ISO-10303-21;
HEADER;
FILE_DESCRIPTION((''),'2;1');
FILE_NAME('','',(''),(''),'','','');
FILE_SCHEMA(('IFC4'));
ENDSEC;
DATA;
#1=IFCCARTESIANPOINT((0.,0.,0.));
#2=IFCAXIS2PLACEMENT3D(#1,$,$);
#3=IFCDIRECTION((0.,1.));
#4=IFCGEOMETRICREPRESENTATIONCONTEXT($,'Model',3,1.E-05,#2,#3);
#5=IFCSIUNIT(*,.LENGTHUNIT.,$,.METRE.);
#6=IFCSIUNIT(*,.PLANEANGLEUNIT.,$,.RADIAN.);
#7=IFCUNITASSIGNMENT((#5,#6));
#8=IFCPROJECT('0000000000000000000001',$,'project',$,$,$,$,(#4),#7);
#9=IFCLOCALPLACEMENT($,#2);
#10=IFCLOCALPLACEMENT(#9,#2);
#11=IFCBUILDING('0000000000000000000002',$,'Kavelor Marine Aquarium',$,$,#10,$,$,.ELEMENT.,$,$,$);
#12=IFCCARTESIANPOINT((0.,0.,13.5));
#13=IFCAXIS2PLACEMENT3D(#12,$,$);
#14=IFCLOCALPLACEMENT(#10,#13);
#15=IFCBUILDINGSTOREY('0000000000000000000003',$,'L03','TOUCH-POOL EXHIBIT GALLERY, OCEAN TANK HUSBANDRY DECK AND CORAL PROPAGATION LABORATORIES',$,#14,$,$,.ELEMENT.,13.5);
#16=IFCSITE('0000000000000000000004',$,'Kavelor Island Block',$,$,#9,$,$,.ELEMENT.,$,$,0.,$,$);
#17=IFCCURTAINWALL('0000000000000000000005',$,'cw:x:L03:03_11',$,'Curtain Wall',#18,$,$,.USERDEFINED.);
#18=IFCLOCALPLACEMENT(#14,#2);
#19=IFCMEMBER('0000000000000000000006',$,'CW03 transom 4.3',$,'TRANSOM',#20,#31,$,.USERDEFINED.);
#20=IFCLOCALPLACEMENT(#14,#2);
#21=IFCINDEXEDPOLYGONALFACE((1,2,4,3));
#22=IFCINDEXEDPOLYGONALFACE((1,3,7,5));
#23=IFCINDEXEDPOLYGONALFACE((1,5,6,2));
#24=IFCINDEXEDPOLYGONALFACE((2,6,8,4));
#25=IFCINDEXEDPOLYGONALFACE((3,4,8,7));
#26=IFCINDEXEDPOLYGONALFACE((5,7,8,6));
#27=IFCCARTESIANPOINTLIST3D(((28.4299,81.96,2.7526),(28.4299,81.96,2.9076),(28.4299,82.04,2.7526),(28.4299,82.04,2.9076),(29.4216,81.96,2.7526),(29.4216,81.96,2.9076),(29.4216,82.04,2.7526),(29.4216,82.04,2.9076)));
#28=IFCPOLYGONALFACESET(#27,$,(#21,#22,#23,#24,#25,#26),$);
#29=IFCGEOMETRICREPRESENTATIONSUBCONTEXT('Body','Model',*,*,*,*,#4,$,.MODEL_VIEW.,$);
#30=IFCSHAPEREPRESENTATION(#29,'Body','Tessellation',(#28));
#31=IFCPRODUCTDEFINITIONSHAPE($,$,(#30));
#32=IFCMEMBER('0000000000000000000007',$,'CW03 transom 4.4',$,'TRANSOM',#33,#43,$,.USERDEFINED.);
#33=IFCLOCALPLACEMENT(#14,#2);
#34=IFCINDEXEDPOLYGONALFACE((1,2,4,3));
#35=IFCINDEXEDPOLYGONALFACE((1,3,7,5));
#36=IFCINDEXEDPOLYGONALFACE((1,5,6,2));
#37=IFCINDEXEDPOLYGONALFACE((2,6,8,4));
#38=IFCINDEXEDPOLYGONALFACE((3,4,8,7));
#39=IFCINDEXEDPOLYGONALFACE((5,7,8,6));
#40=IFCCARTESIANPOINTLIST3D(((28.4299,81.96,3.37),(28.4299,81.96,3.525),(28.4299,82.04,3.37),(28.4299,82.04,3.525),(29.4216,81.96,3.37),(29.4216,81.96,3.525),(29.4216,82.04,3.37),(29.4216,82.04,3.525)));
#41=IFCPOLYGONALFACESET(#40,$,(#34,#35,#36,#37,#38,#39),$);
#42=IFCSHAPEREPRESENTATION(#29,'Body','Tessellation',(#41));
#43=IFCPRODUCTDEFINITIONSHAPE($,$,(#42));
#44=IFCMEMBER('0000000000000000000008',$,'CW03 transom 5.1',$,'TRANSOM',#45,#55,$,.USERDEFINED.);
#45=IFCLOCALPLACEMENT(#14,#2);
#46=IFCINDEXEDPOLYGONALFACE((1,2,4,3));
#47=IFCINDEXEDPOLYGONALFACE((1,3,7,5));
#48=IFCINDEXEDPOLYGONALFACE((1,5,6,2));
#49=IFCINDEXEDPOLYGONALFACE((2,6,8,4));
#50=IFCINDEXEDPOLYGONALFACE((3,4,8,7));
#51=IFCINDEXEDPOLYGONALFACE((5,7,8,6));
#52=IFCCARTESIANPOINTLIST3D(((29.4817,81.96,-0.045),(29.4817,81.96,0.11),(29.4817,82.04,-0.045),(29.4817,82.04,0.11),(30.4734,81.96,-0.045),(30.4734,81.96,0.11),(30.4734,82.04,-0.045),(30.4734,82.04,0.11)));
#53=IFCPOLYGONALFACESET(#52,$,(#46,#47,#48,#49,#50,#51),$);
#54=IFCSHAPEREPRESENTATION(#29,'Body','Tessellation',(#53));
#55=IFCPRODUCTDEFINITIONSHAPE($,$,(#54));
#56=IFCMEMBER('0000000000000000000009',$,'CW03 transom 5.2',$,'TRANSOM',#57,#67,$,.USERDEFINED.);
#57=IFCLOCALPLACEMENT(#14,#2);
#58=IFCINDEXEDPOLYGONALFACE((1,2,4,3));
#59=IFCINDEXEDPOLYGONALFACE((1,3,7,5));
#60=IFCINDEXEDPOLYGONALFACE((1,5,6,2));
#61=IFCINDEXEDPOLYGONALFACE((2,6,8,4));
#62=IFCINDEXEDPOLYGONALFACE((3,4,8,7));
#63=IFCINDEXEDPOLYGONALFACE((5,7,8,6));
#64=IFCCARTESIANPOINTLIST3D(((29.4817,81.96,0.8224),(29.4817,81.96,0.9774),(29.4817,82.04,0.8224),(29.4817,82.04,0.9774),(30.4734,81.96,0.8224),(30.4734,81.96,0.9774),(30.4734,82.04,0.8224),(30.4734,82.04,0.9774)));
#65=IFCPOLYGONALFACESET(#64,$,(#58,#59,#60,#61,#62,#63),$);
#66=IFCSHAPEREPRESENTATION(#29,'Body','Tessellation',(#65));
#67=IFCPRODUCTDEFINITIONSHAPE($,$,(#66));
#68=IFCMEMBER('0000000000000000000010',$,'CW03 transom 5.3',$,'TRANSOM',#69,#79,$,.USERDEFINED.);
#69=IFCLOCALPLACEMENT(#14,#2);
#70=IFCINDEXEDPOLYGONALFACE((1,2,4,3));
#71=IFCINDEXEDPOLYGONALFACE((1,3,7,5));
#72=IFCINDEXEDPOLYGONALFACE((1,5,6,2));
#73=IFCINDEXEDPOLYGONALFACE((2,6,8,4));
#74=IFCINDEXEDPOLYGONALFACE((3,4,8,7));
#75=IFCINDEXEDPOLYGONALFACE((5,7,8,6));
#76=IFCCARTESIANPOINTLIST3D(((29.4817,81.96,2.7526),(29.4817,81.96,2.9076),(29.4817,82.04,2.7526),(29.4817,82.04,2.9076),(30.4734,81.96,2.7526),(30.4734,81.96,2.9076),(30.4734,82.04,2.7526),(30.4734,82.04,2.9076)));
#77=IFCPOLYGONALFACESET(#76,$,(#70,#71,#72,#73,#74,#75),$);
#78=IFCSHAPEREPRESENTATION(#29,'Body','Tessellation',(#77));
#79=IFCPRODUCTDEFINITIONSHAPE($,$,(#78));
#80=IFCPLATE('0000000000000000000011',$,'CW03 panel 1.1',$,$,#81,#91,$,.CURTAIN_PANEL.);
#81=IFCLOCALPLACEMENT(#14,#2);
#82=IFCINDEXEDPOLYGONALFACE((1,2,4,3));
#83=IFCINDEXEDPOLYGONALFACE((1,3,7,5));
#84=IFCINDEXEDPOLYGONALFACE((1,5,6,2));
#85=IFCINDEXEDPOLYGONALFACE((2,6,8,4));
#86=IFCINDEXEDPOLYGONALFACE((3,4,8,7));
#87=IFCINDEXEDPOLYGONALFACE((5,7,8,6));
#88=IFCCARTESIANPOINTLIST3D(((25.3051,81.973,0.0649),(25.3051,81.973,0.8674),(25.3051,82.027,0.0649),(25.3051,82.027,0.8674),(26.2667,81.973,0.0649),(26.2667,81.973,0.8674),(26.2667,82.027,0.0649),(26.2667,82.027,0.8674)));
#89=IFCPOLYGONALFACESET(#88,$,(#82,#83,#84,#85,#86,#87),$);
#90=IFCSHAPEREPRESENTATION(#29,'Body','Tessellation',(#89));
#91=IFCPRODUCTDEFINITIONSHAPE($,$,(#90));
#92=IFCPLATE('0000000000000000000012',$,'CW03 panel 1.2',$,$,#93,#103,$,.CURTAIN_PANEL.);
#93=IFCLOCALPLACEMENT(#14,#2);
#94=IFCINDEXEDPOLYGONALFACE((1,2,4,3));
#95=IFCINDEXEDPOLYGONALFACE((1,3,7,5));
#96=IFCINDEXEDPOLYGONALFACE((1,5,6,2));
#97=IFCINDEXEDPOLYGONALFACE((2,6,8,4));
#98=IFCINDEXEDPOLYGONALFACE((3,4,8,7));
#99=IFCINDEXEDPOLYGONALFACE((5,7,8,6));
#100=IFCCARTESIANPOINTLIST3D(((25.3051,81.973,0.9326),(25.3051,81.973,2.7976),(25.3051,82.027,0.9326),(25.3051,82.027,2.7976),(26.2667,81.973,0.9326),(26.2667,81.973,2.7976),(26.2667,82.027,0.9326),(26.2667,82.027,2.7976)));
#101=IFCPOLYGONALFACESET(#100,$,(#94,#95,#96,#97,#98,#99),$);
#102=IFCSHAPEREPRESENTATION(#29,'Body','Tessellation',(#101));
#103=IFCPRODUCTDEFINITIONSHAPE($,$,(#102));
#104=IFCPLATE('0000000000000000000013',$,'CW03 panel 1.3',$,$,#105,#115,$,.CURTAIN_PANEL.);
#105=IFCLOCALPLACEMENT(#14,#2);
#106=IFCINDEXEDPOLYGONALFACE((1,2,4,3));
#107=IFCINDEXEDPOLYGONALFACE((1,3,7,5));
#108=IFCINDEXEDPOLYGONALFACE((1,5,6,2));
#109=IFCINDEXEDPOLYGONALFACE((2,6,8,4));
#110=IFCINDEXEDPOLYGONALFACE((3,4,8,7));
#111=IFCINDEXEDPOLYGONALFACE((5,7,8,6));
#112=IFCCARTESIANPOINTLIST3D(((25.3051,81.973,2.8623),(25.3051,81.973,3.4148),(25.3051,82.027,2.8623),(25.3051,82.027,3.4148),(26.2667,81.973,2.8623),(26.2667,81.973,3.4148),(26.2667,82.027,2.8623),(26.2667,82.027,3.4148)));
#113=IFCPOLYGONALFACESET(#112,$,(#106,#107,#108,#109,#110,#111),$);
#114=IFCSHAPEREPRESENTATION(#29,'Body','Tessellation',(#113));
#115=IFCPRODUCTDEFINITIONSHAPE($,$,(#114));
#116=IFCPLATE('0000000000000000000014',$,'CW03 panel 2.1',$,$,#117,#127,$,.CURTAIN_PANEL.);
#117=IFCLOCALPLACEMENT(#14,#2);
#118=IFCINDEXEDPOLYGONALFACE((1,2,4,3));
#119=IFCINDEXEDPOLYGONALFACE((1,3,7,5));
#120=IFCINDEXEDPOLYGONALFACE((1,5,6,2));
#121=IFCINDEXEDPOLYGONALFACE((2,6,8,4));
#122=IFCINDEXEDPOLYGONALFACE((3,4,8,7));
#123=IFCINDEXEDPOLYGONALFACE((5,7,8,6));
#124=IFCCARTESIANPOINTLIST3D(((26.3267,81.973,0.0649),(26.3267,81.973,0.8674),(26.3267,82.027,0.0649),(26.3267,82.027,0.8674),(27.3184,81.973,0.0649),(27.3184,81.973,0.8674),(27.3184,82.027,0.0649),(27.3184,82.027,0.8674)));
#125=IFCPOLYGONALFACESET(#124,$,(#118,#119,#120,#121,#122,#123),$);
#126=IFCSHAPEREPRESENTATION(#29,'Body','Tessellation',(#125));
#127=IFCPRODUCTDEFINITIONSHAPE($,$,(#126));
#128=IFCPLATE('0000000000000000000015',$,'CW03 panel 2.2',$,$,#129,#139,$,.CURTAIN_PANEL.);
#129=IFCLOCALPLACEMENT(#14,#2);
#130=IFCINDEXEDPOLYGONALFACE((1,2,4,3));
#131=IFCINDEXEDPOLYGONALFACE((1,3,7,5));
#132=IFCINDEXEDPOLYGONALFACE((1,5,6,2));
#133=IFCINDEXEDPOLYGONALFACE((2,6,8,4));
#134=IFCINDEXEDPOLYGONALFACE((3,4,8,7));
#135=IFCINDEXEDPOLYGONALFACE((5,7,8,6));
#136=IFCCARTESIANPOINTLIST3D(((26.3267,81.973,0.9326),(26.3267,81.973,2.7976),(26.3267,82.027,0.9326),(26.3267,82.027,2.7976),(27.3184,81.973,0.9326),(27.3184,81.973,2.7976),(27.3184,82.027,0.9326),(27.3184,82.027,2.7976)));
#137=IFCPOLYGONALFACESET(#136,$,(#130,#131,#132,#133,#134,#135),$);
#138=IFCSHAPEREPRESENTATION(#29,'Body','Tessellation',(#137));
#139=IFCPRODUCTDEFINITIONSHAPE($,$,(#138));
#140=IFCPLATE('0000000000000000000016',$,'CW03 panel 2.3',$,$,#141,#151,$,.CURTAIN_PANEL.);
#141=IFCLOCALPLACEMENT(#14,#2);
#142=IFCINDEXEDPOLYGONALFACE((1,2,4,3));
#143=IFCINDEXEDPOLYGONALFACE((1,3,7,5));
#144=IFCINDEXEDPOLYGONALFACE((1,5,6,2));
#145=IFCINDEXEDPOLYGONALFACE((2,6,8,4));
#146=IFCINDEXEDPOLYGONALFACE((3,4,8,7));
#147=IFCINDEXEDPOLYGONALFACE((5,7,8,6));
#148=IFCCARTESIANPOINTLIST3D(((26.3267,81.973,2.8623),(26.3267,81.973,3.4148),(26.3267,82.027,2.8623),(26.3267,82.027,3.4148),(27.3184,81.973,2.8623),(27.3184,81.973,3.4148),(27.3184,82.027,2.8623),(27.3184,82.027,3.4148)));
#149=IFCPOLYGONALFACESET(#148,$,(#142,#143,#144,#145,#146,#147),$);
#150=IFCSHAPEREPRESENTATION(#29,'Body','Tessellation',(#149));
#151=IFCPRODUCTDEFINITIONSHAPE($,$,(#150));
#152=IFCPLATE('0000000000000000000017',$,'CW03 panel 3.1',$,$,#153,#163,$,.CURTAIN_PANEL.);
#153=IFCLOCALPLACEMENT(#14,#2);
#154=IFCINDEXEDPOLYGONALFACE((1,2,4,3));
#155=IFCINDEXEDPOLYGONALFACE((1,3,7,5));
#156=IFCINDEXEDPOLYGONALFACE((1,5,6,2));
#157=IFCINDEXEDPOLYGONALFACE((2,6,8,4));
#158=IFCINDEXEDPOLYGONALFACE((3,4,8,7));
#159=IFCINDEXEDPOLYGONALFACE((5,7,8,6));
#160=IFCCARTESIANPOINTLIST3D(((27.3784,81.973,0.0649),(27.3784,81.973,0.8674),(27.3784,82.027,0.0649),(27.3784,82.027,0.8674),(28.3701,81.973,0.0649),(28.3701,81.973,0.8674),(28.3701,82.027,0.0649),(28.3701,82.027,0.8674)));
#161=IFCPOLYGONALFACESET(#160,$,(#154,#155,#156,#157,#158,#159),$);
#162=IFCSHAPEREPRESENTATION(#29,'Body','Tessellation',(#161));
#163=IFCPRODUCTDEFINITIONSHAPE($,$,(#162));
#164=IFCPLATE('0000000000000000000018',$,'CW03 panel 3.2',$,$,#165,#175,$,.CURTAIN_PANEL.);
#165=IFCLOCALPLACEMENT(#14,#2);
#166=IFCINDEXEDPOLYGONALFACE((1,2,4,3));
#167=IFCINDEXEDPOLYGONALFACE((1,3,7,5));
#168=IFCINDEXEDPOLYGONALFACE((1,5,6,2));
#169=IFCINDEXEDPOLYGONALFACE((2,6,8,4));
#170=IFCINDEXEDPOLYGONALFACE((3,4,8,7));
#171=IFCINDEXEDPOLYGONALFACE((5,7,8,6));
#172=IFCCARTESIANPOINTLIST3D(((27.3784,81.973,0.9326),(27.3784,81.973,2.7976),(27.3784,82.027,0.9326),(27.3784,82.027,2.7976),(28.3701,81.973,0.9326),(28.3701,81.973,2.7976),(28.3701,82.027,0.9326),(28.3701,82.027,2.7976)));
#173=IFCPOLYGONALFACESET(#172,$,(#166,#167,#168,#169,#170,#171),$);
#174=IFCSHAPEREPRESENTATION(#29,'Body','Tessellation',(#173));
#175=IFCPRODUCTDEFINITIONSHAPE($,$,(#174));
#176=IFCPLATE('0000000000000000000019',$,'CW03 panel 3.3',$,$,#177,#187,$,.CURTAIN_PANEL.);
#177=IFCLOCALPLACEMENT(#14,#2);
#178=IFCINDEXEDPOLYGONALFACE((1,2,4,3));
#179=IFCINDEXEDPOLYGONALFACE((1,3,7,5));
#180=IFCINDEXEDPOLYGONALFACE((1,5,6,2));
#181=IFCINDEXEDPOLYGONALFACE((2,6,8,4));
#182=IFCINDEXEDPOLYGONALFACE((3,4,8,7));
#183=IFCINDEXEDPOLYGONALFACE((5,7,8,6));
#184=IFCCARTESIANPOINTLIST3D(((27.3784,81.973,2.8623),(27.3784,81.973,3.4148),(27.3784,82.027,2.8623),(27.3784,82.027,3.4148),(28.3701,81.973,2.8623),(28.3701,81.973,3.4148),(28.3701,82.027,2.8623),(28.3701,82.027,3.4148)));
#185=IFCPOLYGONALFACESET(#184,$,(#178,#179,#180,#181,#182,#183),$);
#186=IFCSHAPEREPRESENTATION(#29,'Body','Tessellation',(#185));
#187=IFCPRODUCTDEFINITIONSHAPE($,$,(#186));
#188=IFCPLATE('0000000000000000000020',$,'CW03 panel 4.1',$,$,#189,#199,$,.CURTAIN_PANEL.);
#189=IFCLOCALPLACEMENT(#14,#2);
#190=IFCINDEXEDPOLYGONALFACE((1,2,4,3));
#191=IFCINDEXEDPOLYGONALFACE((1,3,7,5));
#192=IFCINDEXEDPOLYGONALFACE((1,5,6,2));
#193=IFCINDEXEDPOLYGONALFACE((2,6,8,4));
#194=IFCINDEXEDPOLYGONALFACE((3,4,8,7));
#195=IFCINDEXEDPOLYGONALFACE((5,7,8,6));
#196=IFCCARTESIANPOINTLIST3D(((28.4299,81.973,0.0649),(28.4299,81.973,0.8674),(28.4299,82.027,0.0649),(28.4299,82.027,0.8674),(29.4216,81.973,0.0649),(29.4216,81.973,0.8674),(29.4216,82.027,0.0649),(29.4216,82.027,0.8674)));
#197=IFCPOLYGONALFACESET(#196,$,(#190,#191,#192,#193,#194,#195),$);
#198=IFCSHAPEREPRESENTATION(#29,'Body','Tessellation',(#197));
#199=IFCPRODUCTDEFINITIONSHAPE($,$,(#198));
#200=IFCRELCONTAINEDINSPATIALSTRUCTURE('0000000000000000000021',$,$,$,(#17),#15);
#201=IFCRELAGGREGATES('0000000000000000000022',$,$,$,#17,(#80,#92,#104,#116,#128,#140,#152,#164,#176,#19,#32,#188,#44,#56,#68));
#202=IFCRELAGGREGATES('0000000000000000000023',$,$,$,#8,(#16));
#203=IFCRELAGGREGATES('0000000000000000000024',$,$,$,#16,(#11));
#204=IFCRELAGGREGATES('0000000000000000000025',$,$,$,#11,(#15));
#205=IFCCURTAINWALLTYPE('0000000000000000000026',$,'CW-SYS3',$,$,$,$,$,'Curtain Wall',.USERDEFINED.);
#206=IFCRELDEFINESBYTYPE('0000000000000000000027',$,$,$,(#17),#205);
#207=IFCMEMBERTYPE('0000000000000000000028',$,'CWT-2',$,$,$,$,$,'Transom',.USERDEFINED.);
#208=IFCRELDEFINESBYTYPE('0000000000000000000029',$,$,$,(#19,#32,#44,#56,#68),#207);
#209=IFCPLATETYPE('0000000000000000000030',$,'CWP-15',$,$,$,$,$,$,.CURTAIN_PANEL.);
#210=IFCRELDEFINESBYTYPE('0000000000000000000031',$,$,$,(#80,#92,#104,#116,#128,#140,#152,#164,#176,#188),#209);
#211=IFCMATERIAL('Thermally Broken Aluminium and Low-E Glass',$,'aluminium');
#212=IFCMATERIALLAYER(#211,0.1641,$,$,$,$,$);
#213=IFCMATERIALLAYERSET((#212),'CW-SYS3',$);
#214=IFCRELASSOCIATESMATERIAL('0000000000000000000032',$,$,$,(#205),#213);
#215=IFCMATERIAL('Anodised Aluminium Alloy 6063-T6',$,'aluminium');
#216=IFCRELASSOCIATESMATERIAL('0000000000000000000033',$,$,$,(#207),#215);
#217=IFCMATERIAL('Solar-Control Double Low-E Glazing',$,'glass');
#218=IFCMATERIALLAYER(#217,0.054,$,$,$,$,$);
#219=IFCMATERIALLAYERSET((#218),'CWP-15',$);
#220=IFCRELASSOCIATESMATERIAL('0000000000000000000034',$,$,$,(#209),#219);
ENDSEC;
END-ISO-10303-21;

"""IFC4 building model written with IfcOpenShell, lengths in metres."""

from ifc_helpers import new_model, si_unit, direction, frame, origin, origin_2d, place, context, subcontext, project, spatial, rectangle, extrude, material, layer, layer_set, material_profile, profile_set, type_object, element, aggregate, save


model = new_model("IFC4")

# Units and contexts
model_context = context("Model", 3, precision=1e-05, world=origin(), true_north=direction((0.0, 1.0)))
body_context = subcontext(model_context, "Body", "Model", "MODEL_VIEW")
ifc_project = project(units=[si_unit("LENGTHUNIT", "METRE"), si_unit("PLANEANGLEUNIT", "RADIAN")], contexts=[model_context])

# Site, building, storey
site_placement = place(None, origin())
site = spatial("IfcSite", under=ifc_project, at=site_placement, Name="Kavelor Island Block", CompositionType="ELEMENT", RefElevation=0.0)
building_placement = place(site_placement, origin())
building = spatial("IfcBuilding", under=site, at=building_placement, Name="Kavelor Marine Aquarium", CompositionType="ELEMENT")
storey_placement = place(building_placement, frame((0.0, 0.0, 13.5)))
storey = spatial("IfcBuildingStorey", under=building, at=storey_placement, Name="L03", Description="TOUCH-POOL EXHIBIT GALLERY, OCEAN TANK HUSBANDRY DECK AND CORAL PROPAGATION LABORATORIES", CompositionType="ELEMENT", Elevation=13.5)

# Curtain wall, members, plates
ifc_material_1 = material(Name="Thermally Broken Aluminium and Low-E Glass", Category="aluminium")
ifc_layer_1 = layer(ifc_material_1, 0.1641)
ifc_layer_set_1 = layer_set([ifc_layer_1], Name="CW-SYS3")
curtain_wall_type = type_object("IfcCurtainWallType", Name="CW-SYS3", ElementType="Curtain Wall", PredefinedType="USERDEFINED", material=ifc_layer_set_1)
curtain_wall_placement = place(storey_placement, origin())
curtain_wall = element("IfcCurtainWall", 1, at=curtain_wall_placement, inside=storey, type_object=curtain_wall_type, Name="cw:x:L03:03_11", ObjectType="Curtain Wall", PredefinedType="USERDEFINED")
ifc_material_2 = material(Name="Anodised Aluminium Alloy 6063-T6", Category="aluminium")
ifc_material_profile_1 = material_profile(ifc_material_2, rectangle(XDim=0.0801, YDim=0.155, at=origin_2d()), Name="CW-TRN 80x155")
ifc_profile_set_1 = profile_set([ifc_material_profile_1], Name="Anodised Aluminium Alloy 6063-T6")
member_type_1 = type_object("IfcMemberType", Name="CWT-2", ElementType="Transom", PredefinedType="USERDEFINED", material=ifc_profile_set_1)
member_1_placement = place(storey_placement, frame((28.4299, 82.0, 2.8301), z_axis=(1.0, 0.0, 0.0), x_axis=(0.0, 1.0, 0.0)))
member_1 = element("IfcMember", 2, at=member_1_placement, type_object=member_type_1, Name="CW03 transom 4.3", ObjectType="TRANSOM", PredefinedType="USERDEFINED", context=body_context, shape_type="SweptSolid", body=[
    extrude(rectangle(XDim=0.0801, YDim=0.155, at=origin_2d()), origin(), (0.0, 0.0, 1.0), 0.9917),
])
member_2_placement = place(storey_placement, frame((28.4299, 82.0, 3.4475), z_axis=(1.0, 0.0, 0.0), x_axis=(0.0, 1.0, 0.0)))
member_2 = element("IfcMember", 3, at=member_2_placement, type_object=member_type_1, Name="CW03 transom 4.4", ObjectType="TRANSOM", PredefinedType="USERDEFINED", context=body_context, shape_type="SweptSolid", body=[
    extrude(rectangle(XDim=0.0801, YDim=0.155, at=origin_2d()), origin(), (0.0, 0.0, 1.0), 0.9917),
])
member_3_placement = place(storey_placement, frame((29.4817, 82.0, 0.0325), z_axis=(1.0, 0.0, 0.0), x_axis=(0.0, 1.0, 0.0)))
member_3 = element("IfcMember", 4, at=member_3_placement, type_object=member_type_1, Name="CW03 transom 5.1", ObjectType="TRANSOM", PredefinedType="USERDEFINED", context=body_context, shape_type="SweptSolid", body=[
    extrude(rectangle(XDim=0.0801, YDim=0.155, at=origin_2d()), origin(), (0.0, 0.0, 1.0), 0.9917),
])
member_4_placement = place(storey_placement, frame((29.4817, 82.0, 0.8999), z_axis=(1.0, 0.0, 0.0), x_axis=(0.0, 1.0, 0.0)))
member_4 = element("IfcMember", 5, at=member_4_placement, type_object=member_type_1, Name="CW03 transom 5.2", ObjectType="TRANSOM", PredefinedType="USERDEFINED", context=body_context, shape_type="SweptSolid", body=[
    extrude(rectangle(XDim=0.0801, YDim=0.155, at=origin_2d()), origin(), (0.0, 0.0, 1.0), 0.9917),
])
member_5_placement = place(storey_placement, frame((29.4817, 82.0, 2.8301), z_axis=(1.0, 0.0, 0.0), x_axis=(0.0, 1.0, 0.0)))
member_5 = element("IfcMember", 6, at=member_5_placement, type_object=member_type_1, Name="CW03 transom 5.3", ObjectType="TRANSOM", PredefinedType="USERDEFINED", context=body_context, shape_type="SweptSolid", body=[
    extrude(rectangle(XDim=0.0801, YDim=0.155, at=origin_2d()), origin(), (0.0, 0.0, 1.0), 0.9917),
])
ifc_material_3 = material(Name="Solar-Control Double Low-E Glazing", Category="glass")
ifc_layer_2 = layer(ifc_material_3, 0.054)
ifc_layer_set_2 = layer_set([ifc_layer_2], Name="CWP-15")
plate_type = type_object("IfcPlateType", Name="CWP-15", PredefinedType="CURTAIN_PANEL", material=ifc_layer_set_2)
plate_1_placement = place(storey_placement, frame((25.7859, 82.0, 0.0649), z_axis=(0.0, 0.0, 1.0), x_axis=(1.0, 0.0, 0.0)))
plate_1 = element("IfcPlate", 7, at=plate_1_placement, type_object=plate_type, Name="CW03 panel 1.1", PredefinedType="CURTAIN_PANEL", context=body_context, shape_type="SweptSolid", body=[
    extrude(rectangle(XDim=0.9617, YDim=0.054, at=origin_2d()), origin(), (0.0, 0.0, 1.0), 0.8025),
])
plate_2_placement = place(storey_placement, frame((25.7859, 82.0, 0.9326), z_axis=(0.0, 0.0, 1.0), x_axis=(1.0, 0.0, 0.0)))
plate_2 = element("IfcPlate", 8, at=plate_2_placement, type_object=plate_type, Name="CW03 panel 1.2", PredefinedType="CURTAIN_PANEL", context=body_context, shape_type="SweptSolid", body=[
    extrude(rectangle(XDim=0.9617, YDim=0.054, at=origin_2d()), origin(), (0.0, 0.0, 1.0), 1.865),
])
plate_3_placement = place(storey_placement, frame((25.7859, 82.0, 2.8623), z_axis=(0.0, 0.0, 1.0), x_axis=(1.0, 0.0, 0.0)))
plate_3 = element("IfcPlate", 9, at=plate_3_placement, type_object=plate_type, Name="CW03 panel 1.3", PredefinedType="CURTAIN_PANEL", context=body_context, shape_type="SweptSolid", body=[
    extrude(rectangle(XDim=0.9617, YDim=0.054, at=origin_2d()), origin(), (0.0, 0.0, 1.0), 0.5525),
])
plate_4_placement = place(storey_placement, frame((26.8225, 82.0, 0.0649), z_axis=(0.0, 0.0, 1.0), x_axis=(1.0, 0.0, 0.0)))
plate_4 = element("IfcPlate", 10, at=plate_4_placement, type_object=plate_type, Name="CW03 panel 2.1", PredefinedType="CURTAIN_PANEL", context=body_context, shape_type="SweptSolid", body=[
    extrude(rectangle(XDim=0.9917, YDim=0.054, at=origin_2d()), origin(), (0.0, 0.0, 1.0), 0.8025),
])
plate_5_placement = place(storey_placement, frame((26.8225, 82.0, 0.9326), z_axis=(0.0, 0.0, 1.0), x_axis=(1.0, 0.0, 0.0)))
plate_5 = element("IfcPlate", 11, at=plate_5_placement, type_object=plate_type, Name="CW03 panel 2.2", PredefinedType="CURTAIN_PANEL", context=body_context, shape_type="SweptSolid", body=[
    extrude(rectangle(XDim=0.9917, YDim=0.054, at=origin_2d()), origin(), (0.0, 0.0, 1.0), 1.865),
])
plate_6_placement = place(storey_placement, frame((26.8225, 82.0, 2.8623), z_axis=(0.0, 0.0, 1.0), x_axis=(1.0, 0.0, 0.0)))
plate_6 = element("IfcPlate", 12, at=plate_6_placement, type_object=plate_type, Name="CW03 panel 2.3", PredefinedType="CURTAIN_PANEL", context=body_context, shape_type="SweptSolid", body=[
    extrude(rectangle(XDim=0.9917, YDim=0.054, at=origin_2d()), origin(), (0.0, 0.0, 1.0), 0.5525),
])
plate_7_placement = place(storey_placement, frame((27.8743, 82.0, 0.0649), z_axis=(0.0, 0.0, 1.0), x_axis=(1.0, 0.0, 0.0)))
plate_7 = element("IfcPlate", 13, at=plate_7_placement, type_object=plate_type, Name="CW03 panel 3.1", PredefinedType="CURTAIN_PANEL", context=body_context, shape_type="SweptSolid", body=[
    extrude(rectangle(XDim=0.9917, YDim=0.054, at=origin_2d()), origin(), (0.0, 0.0, 1.0), 0.8025),
])
plate_8_placement = place(storey_placement, frame((27.8743, 82.0, 0.9326), z_axis=(0.0, 0.0, 1.0), x_axis=(1.0, 0.0, 0.0)))
plate_8 = element("IfcPlate", 14, at=plate_8_placement, type_object=plate_type, Name="CW03 panel 3.2", PredefinedType="CURTAIN_PANEL", context=body_context, shape_type="SweptSolid", body=[
    extrude(rectangle(XDim=0.9917, YDim=0.054, at=origin_2d()), origin(), (0.0, 0.0, 1.0), 1.865),
])
plate_9_placement = place(storey_placement, frame((27.8743, 82.0, 2.8623), z_axis=(0.0, 0.0, 1.0), x_axis=(1.0, 0.0, 0.0)))
plate_9 = element("IfcPlate", 15, at=plate_9_placement, type_object=plate_type, Name="CW03 panel 3.3", PredefinedType="CURTAIN_PANEL", context=body_context, shape_type="SweptSolid", body=[
    extrude(rectangle(XDim=0.9917, YDim=0.054, at=origin_2d()), origin(), (0.0, 0.0, 1.0), 0.5525),
])
plate_10_placement = place(storey_placement, frame((28.9258, 82.0, 0.0649), z_axis=(0.0, 0.0, 1.0), x_axis=(1.0, 0.0, 0.0)))
plate_10 = element("IfcPlate", 16, at=plate_10_placement, type_object=plate_type, Name="CW03 panel 4.1", PredefinedType="CURTAIN_PANEL", context=body_context, shape_type="SweptSolid", body=[
    extrude(rectangle(XDim=0.9917, YDim=0.054, at=origin_2d()), origin(), (0.0, 0.0, 1.0), 0.8025),
])
aggregate(curtain_wall, [plate_1, plate_2, plate_3, plate_4, plate_5, plate_6, plate_7, plate_8, plate_9, member_1, member_2, plate_10, member_3, member_4, member_5])

save(model, "model.ifc")
